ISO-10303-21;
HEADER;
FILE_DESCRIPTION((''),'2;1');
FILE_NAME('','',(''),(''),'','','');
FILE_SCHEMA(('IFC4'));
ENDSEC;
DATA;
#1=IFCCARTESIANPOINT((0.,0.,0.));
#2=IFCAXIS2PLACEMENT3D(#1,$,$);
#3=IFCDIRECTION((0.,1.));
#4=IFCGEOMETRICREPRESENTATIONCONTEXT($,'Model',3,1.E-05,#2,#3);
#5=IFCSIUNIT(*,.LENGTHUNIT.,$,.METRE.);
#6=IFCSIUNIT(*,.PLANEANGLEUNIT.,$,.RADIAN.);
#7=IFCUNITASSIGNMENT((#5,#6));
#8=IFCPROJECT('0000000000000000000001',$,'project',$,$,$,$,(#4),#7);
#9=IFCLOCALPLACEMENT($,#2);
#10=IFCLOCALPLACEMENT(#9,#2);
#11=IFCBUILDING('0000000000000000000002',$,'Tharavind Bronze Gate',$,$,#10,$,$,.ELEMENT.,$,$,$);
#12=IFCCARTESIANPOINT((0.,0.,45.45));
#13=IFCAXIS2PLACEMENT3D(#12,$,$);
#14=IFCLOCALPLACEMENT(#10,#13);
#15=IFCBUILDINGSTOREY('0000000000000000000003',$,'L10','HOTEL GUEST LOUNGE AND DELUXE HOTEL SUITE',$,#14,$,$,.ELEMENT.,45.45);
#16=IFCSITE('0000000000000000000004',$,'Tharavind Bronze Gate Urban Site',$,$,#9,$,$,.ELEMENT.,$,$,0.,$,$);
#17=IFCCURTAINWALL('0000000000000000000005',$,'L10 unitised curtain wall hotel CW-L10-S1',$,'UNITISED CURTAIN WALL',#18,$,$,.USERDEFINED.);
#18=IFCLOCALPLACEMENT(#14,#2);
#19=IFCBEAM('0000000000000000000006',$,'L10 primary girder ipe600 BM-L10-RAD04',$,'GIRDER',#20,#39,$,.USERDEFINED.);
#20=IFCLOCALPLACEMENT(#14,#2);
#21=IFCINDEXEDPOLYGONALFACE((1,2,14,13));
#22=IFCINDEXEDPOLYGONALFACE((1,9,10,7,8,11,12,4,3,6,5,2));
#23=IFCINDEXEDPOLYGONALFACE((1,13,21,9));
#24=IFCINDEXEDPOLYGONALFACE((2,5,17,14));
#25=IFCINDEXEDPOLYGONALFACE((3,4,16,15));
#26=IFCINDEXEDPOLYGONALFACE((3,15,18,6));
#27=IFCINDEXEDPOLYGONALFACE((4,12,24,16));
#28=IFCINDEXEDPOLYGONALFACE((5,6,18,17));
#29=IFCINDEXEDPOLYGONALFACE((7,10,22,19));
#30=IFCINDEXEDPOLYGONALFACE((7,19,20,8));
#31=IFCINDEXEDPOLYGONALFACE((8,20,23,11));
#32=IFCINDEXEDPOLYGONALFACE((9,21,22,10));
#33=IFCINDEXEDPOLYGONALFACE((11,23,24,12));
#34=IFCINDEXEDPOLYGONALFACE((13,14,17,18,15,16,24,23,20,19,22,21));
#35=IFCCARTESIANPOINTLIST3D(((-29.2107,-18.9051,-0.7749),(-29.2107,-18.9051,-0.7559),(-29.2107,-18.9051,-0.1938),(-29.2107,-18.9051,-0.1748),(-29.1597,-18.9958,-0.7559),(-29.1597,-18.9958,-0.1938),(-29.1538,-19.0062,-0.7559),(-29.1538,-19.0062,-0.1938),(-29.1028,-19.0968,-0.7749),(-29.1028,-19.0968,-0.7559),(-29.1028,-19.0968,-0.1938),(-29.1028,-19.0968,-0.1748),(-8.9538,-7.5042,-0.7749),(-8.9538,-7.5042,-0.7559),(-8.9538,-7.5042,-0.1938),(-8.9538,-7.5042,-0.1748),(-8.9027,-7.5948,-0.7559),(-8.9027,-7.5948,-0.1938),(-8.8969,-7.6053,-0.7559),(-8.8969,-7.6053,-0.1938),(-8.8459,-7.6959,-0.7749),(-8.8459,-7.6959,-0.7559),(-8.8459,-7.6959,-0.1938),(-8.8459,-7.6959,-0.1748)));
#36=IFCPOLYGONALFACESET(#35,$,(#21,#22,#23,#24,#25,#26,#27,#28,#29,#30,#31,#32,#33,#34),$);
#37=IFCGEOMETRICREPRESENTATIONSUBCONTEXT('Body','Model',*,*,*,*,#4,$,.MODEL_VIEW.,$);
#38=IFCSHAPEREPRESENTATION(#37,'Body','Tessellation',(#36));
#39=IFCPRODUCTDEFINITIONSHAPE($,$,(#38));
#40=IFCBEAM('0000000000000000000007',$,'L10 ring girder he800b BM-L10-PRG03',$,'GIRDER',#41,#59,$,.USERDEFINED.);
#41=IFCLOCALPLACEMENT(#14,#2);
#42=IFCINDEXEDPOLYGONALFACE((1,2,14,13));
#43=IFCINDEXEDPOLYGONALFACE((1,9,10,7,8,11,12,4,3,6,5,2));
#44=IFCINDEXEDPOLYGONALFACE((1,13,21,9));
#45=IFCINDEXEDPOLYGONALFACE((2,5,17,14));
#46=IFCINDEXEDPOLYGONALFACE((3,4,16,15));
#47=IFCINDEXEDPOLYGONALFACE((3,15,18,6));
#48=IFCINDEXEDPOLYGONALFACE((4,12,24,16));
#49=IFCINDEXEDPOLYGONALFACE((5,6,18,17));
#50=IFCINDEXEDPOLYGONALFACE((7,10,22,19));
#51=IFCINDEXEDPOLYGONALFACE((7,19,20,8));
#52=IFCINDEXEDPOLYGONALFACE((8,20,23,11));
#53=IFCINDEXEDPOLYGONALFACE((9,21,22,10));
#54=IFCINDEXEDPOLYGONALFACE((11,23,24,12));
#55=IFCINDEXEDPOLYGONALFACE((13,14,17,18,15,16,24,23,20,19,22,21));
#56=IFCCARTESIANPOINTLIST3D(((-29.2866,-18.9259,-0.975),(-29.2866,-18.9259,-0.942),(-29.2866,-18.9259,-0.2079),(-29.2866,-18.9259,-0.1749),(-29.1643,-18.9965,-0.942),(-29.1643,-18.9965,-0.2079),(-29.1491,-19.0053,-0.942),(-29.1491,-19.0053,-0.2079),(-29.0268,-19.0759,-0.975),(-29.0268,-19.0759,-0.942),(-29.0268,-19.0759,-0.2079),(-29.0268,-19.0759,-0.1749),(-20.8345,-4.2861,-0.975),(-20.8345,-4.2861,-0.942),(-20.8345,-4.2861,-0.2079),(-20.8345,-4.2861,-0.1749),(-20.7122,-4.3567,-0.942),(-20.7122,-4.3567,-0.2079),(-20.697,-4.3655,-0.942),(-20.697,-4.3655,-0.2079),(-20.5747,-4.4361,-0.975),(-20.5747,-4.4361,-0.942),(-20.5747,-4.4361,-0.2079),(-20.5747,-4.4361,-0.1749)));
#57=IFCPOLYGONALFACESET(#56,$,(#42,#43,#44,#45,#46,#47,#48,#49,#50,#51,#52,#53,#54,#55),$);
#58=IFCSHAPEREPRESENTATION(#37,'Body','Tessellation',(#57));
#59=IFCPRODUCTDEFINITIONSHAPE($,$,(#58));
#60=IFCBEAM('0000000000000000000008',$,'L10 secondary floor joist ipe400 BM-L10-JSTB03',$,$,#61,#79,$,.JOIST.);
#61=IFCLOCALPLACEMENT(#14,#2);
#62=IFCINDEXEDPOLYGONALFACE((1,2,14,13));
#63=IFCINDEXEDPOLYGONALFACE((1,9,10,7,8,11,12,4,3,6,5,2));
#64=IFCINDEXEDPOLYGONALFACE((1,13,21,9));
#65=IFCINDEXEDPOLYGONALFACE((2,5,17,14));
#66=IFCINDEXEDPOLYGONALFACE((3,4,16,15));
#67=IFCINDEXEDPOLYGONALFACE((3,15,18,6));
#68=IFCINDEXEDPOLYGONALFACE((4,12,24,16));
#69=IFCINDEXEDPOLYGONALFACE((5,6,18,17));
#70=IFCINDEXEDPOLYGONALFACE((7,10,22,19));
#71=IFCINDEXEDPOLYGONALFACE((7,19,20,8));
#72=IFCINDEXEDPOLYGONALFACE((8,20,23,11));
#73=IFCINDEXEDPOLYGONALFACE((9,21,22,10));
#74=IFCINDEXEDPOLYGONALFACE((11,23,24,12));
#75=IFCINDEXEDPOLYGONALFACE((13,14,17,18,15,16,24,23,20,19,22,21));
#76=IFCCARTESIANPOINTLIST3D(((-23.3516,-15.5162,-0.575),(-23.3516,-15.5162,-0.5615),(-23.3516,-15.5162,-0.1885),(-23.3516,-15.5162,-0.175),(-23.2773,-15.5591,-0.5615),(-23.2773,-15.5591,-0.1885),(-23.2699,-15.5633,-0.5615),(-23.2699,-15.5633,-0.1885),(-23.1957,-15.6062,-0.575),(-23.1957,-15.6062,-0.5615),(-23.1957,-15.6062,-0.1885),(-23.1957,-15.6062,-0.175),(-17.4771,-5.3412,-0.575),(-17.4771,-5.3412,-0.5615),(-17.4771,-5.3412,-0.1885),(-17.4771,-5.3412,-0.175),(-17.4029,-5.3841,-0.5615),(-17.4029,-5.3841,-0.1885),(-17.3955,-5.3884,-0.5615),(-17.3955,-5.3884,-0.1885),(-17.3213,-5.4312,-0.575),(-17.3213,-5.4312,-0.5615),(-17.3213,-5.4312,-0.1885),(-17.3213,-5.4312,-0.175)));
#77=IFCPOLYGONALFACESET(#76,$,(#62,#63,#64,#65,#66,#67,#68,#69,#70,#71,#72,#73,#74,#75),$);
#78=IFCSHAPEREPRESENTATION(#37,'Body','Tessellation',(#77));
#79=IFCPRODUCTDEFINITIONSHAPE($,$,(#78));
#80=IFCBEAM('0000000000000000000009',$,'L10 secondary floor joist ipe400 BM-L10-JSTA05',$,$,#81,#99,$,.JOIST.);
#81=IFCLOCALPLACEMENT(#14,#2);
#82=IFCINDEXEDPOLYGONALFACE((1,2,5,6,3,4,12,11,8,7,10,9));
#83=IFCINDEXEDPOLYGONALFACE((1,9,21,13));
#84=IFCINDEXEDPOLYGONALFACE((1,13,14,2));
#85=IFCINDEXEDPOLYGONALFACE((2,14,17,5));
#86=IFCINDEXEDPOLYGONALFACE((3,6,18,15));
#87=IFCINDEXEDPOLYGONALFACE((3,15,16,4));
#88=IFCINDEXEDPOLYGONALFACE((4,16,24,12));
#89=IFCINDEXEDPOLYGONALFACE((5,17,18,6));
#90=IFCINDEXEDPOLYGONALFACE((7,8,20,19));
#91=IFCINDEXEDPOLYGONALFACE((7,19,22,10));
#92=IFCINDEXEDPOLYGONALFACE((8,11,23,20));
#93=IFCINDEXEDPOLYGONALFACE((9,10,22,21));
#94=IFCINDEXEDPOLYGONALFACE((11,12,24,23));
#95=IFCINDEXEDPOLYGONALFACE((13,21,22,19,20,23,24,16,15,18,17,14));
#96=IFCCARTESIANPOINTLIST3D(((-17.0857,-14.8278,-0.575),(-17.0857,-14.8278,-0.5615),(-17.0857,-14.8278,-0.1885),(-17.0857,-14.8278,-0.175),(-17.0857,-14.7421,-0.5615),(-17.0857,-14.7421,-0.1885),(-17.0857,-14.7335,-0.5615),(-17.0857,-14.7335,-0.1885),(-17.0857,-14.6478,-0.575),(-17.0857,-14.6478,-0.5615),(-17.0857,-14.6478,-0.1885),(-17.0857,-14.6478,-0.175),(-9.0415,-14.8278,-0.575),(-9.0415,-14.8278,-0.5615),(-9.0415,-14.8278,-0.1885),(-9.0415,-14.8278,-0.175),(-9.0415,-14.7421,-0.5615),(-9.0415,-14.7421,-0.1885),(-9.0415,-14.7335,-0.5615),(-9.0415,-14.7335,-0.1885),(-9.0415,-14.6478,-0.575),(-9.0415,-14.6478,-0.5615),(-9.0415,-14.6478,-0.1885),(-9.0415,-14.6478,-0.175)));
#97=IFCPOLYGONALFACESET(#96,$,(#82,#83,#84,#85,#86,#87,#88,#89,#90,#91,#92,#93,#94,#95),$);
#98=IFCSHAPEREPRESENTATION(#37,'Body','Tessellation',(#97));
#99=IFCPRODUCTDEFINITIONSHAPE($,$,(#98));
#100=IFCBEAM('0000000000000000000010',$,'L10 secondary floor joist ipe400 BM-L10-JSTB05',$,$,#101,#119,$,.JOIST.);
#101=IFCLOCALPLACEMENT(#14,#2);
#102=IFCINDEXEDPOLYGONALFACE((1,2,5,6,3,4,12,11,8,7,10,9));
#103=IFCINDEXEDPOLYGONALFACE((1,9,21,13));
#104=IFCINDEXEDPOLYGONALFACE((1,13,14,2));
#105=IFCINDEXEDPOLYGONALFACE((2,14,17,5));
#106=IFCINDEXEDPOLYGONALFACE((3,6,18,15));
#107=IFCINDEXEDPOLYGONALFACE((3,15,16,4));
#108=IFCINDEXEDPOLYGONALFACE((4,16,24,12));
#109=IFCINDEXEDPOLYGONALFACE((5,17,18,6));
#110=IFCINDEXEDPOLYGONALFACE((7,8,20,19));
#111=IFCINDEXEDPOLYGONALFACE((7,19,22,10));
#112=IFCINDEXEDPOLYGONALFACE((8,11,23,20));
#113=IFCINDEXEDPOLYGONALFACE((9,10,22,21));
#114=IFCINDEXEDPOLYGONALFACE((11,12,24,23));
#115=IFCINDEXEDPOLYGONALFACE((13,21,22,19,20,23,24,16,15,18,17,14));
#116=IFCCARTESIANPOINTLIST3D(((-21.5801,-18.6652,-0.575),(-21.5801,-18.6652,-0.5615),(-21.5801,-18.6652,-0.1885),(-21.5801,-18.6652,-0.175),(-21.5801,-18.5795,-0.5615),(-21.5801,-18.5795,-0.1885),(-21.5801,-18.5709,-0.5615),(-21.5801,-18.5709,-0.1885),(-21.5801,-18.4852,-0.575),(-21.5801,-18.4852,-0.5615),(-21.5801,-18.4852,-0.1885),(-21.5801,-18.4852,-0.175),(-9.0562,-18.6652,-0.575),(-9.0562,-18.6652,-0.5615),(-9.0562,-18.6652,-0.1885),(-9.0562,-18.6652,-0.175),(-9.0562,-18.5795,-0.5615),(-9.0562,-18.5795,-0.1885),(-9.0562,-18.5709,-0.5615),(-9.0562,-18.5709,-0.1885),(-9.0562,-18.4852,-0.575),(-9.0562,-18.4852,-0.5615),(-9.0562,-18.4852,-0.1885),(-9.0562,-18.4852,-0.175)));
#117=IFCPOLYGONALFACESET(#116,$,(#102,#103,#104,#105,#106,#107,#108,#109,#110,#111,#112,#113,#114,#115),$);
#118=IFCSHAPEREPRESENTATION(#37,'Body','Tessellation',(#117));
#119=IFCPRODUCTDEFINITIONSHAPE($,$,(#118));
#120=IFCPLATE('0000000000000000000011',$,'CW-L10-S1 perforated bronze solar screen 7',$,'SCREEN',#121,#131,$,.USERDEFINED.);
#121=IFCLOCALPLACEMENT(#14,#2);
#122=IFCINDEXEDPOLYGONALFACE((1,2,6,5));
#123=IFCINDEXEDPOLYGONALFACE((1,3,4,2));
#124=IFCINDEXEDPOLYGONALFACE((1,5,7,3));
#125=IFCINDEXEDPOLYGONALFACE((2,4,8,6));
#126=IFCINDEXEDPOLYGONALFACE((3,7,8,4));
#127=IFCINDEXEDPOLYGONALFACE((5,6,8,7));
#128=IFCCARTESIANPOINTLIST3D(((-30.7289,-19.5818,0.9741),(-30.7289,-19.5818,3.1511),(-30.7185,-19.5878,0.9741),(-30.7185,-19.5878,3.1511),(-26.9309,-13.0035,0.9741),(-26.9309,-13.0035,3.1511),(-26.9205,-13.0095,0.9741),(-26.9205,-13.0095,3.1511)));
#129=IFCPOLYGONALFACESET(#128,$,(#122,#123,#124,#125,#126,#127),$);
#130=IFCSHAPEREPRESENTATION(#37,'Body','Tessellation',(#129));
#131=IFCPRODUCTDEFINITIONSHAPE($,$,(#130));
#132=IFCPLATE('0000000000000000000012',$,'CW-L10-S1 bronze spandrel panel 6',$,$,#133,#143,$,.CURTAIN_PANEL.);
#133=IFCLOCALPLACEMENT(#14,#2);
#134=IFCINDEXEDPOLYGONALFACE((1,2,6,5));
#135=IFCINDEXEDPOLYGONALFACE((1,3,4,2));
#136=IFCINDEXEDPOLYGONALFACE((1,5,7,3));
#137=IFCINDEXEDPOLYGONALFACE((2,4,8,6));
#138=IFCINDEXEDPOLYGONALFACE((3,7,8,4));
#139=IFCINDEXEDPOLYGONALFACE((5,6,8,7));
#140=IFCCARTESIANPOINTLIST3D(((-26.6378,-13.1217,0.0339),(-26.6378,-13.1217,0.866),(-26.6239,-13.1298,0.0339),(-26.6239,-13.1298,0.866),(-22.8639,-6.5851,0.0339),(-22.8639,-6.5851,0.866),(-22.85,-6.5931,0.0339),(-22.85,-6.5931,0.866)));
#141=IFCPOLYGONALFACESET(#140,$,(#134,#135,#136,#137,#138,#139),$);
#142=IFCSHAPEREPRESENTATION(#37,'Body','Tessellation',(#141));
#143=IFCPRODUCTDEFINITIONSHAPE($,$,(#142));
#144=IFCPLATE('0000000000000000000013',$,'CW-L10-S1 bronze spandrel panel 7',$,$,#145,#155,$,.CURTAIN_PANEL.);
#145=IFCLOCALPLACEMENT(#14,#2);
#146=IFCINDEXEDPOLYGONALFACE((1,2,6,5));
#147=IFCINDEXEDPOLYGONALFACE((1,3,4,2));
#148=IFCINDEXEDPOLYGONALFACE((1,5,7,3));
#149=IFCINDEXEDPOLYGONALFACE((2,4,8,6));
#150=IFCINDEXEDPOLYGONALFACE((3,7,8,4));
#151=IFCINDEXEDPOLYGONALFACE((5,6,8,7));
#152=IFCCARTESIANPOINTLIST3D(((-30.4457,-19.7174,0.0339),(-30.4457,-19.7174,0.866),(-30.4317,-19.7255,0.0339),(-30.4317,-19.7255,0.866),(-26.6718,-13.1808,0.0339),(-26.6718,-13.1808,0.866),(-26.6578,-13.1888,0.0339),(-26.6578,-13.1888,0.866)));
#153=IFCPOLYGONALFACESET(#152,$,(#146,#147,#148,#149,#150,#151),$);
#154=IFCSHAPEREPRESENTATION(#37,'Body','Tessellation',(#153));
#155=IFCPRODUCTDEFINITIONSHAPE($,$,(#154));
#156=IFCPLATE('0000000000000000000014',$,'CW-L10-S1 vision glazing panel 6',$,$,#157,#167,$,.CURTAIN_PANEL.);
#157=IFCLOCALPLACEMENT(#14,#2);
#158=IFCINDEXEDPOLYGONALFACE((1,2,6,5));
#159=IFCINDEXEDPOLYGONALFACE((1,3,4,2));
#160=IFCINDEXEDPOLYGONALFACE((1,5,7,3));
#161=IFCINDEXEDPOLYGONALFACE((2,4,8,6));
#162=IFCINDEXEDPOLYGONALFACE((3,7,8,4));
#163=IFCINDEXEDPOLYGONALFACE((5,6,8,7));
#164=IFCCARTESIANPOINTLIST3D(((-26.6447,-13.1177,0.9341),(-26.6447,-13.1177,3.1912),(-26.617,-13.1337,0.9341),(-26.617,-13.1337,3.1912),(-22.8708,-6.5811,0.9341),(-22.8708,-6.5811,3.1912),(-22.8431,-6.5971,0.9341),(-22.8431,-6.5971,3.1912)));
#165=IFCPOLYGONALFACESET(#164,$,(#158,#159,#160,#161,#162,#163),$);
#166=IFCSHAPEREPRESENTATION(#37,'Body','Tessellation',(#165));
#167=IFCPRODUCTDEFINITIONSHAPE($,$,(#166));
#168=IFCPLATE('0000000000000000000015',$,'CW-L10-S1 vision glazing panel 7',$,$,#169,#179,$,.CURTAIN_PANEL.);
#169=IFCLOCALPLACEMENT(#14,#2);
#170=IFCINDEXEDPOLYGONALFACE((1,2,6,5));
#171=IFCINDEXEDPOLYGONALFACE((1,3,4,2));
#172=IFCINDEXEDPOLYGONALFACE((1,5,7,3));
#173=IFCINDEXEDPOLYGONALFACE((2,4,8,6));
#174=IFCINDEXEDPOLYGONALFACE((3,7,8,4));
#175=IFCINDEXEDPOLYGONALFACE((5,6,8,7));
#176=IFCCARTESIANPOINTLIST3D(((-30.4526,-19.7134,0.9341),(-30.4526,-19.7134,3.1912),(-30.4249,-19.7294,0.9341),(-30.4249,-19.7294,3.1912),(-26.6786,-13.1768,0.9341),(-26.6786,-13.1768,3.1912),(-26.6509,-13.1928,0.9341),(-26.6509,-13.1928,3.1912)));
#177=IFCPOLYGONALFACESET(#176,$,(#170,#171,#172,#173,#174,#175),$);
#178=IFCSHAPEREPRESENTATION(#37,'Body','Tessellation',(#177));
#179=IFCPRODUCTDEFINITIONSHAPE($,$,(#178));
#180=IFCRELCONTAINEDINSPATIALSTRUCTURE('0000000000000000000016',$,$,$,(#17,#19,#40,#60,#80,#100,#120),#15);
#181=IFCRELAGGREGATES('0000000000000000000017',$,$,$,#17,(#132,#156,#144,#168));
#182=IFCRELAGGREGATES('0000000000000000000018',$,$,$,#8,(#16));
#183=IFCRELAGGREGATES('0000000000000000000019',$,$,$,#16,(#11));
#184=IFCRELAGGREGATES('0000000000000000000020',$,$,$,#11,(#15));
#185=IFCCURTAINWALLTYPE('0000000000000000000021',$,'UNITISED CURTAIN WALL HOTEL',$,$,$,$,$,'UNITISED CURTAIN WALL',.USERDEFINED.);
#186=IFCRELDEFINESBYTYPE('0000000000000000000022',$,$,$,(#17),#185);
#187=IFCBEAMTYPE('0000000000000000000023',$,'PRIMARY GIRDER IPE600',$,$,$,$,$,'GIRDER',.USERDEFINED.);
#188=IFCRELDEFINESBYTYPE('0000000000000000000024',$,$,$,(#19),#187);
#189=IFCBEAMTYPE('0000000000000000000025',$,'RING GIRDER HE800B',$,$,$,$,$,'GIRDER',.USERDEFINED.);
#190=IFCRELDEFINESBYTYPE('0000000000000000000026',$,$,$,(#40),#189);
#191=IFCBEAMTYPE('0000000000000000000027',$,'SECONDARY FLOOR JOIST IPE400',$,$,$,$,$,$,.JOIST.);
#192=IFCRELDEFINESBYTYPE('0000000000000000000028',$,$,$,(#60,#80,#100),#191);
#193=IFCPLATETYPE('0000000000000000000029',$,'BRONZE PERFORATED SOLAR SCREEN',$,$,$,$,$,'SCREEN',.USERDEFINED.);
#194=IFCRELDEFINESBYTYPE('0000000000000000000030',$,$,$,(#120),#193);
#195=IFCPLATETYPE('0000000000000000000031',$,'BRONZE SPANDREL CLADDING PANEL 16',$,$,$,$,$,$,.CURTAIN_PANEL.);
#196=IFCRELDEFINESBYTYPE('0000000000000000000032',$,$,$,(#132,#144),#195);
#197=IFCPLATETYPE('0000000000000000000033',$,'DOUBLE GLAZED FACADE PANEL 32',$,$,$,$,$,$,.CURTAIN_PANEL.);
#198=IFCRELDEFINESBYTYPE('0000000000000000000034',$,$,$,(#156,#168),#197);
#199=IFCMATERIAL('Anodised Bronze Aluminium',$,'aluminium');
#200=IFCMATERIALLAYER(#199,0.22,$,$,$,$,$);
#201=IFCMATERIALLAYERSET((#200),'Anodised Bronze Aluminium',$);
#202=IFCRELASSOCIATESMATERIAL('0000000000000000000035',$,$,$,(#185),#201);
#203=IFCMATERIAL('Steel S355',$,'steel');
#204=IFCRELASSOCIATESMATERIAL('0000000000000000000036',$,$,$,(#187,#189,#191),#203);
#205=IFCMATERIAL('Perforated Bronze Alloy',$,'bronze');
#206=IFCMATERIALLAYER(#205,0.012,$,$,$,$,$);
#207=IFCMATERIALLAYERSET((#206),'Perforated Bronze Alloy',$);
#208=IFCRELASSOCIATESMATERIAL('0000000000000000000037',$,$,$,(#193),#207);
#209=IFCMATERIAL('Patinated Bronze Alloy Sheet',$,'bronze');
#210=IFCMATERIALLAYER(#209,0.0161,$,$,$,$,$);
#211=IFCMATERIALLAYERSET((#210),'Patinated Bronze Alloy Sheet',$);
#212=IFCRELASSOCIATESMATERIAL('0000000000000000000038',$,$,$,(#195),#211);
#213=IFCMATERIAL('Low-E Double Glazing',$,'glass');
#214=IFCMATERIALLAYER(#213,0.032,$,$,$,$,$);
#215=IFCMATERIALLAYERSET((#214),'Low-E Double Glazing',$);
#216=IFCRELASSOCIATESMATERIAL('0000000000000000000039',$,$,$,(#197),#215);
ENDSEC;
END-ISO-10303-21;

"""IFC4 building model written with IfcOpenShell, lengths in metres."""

from ifc_helpers import new_model, si_unit, direction, frame, origin, origin_2d, place, context, subcontext, project, spatial, rectangle, i_section, extrude, material, layer, layer_set, material_profile, profile_set, type_object, element, aggregate, save


model = new_model("IFC4")

# Units and contexts
model_context = context("Model", 3, precision=1e-05, world=origin(), true_north=direction((0.0, 1.0)))
body_context = subcontext(model_context, "Body", "Model", "MODEL_VIEW")
ifc_project = project(units=[si_unit("LENGTHUNIT", "METRE"), si_unit("PLANEANGLEUNIT", "RADIAN")], contexts=[model_context])

# Site, building, storey
site_placement = place(None, origin())
site = spatial("IfcSite", under=ifc_project, at=site_placement, Name="Tharavind Bronze Gate Urban Site", CompositionType="ELEMENT", RefElevation=0.0)
building_placement = place(site_placement, origin())
building = spatial("IfcBuilding", under=site, at=building_placement, Name="Tharavind Bronze Gate", CompositionType="ELEMENT")
storey_placement = place(building_placement, frame((0.0, 0.0, 45.45)))
storey = spatial("IfcBuildingStorey", under=building, at=storey_placement, Name="L10", Description="HOTEL GUEST LOUNGE AND DELUXE HOTEL SUITE", CompositionType="ELEMENT", Elevation=45.45)

# Curtain wall
ifc_material_1 = material(Name="Anodised Bronze Aluminium", Category="aluminium")
ifc_layer_1 = layer(ifc_material_1, 0.22)
ifc_layer_set_1 = layer_set([ifc_layer_1], Name="Anodised Bronze Aluminium")
curtain_wall_type = type_object("IfcCurtainWallType", Name="UNITISED CURTAIN WALL HOTEL", ElementType="UNITISED CURTAIN WALL", PredefinedType="USERDEFINED", material=ifc_layer_set_1)
curtain_wall_placement = place(storey_placement, origin())
curtain_wall = element("IfcCurtainWall", 1, at=curtain_wall_placement, inside=storey, type_object=curtain_wall_type, Name="L10 unitised curtain wall hotel CW-L10-S1", ObjectType="UNITISED CURTAIN WALL", PredefinedType="USERDEFINED")

# Beams
ifc_material_2 = material(Name="Steel S355", Category="steel")
ifc_material_profile_1 = material_profile(ifc_material_2, i_section(OverallWidth=0.22, OverallDepth=0.6001, WebThickness=0.012, FlangeThickness=0.019, at=origin_2d()), Name="IPE600")
ifc_profile_set_1 = profile_set([ifc_material_profile_1], Name="Steel S355")
beam_type_1 = type_object("IfcBeamType", Name="PRIMARY GIRDER IPE600", ElementType="GIRDER", PredefinedType="USERDEFINED", material=ifc_profile_set_1)
beam_1_placement = place(storey_placement, frame((-29.1567, -19.001, -0.4749), z_axis=(0.871458, 0.490471, 0.0), x_axis=(-0.490471, 0.871458, 0.0)))
element("IfcBeam", 2, at=beam_1_placement, inside=storey, type_object=beam_type_1, Name="L10 primary girder ipe600 BM-L10-RAD04", ObjectType="GIRDER", PredefinedType="USERDEFINED", context=body_context, shape_type="SweptSolid", body=[
    extrude(i_section(OverallWidth=0.22, OverallDepth=0.6001, WebThickness=0.012, FlangeThickness=0.019, at=origin_2d()), origin(), (0.0, 0.0, 1.0), 23.2449),
])
ifc_material_profile_2 = material_profile(ifc_material_2, i_section(OverallWidth=0.3, OverallDepth=0.8, WebThickness=0.0176, FlangeThickness=0.033, at=origin_2d()), Name="HE800B")
ifc_profile_set_2 = profile_set([ifc_material_profile_2], Name="Steel S355")
beam_type_2 = type_object("IfcBeamType", Name="RING GIRDER HE800B", ElementType="GIRDER", PredefinedType="USERDEFINED", material=ifc_profile_set_2)
beam_2_placement = place(storey_placement, frame((-20.7046, -4.3611, -0.575), z_axis=(-0.499991, -0.86603, 0.0), x_axis=(0.86603, -0.499991, 0.0)))
element("IfcBeam", 3, at=beam_2_placement, inside=storey, type_object=beam_type_2, Name="L10 ring girder he800b BM-L10-PRG03", ObjectType="GIRDER", PredefinedType="USERDEFINED", context=body_context, shape_type="SweptSolid", body=[
    extrude(i_section(OverallWidth=0.3, OverallDepth=0.8, WebThickness=0.0176, FlangeThickness=0.033, at=origin_2d()), origin(), (0.0, 0.0, 1.0), 16.9045),
])
ifc_material_profile_3 = material_profile(ifc_material_2, i_section(OverallWidth=0.1799, OverallDepth=0.3999, WebThickness=0.0085, FlangeThickness=0.0134, at=origin_2d()), Name="IPE400")
ifc_profile_set_3 = profile_set([ifc_material_profile_3], Name="Steel S355")
beam_type_3 = type_object("IfcBeamType", Name="SECONDARY FLOOR JOIST IPE400", PredefinedType="JOIST", material=ifc_profile_set_3)
beam_3_placement = place(storey_placement, frame((-17.3992, -5.3862, -0.375), z_axis=(-0.499996, -0.866027, 0.0), x_axis=(0.866027, -0.499996, 0.0)))
element("IfcBeam", 4, at=beam_3_placement, inside=storey, type_object=beam_type_3, Name="L10 secondary floor joist ipe400 BM-L10-JSTB03", PredefinedType="JOIST", context=body_context, shape_type="SweptSolid", body=[
    extrude(i_section(OverallWidth=0.1799, OverallDepth=0.3999, WebThickness=0.0085, FlangeThickness=0.0134, at=origin_2d()), origin(), (0.0, 0.0, 1.0), 11.749),
])
beam_4_placement = place(storey_placement, frame((-17.0857, -14.7378, -0.375), z_axis=(1.0, 0.0, 0.0), x_axis=(0.0, 1.0, 0.0)))
element("IfcBeam", 5, at=beam_4_placement, inside=storey, type_object=beam_type_3, Name="L10 secondary floor joist ipe400 BM-L10-JSTA05", PredefinedType="JOIST", context=body_context, shape_type="SweptSolid", body=[
    extrude(i_section(OverallWidth=0.1799, OverallDepth=0.3999, WebThickness=0.0085, FlangeThickness=0.0134, at=origin_2d()), origin(), (0.0, 0.0, 1.0), 8.0442),
])
beam_5_placement = place(storey_placement, frame((-21.5801, -18.5752, -0.375), z_axis=(1.0, 0.0, 0.0), x_axis=(0.0, 1.0, 0.0)))
element("IfcBeam", 6, at=beam_5_placement, inside=storey, type_object=beam_type_3, Name="L10 secondary floor joist ipe400 BM-L10-JSTB05", PredefinedType="JOIST", context=body_context, shape_type="SweptSolid", body=[
    extrude(i_section(OverallWidth=0.1799, OverallDepth=0.3999, WebThickness=0.0085, FlangeThickness=0.0134, at=origin_2d()), origin(), (0.0, 0.0, 1.0), 12.5239),
])

# Plates
ifc_material_3 = material(Name="Perforated Bronze Alloy", Category="bronze")
ifc_layer_2 = layer(ifc_material_3, 0.012)
ifc_layer_set_2 = layer_set([ifc_layer_2], Name="Perforated Bronze Alloy")
plate_type_1 = type_object("IfcPlateType", Name="BRONZE PERFORATED SOLAR SCREEN", ElementType="SCREEN", PredefinedType="USERDEFINED", material=ifc_layer_set_2)
plate_1_placement = place(storey_placement, frame((-28.8247, -16.2957, 0.9741), z_axis=(0.0, 0.0, 1.0), x_axis=(-0.500002, -0.866025, 0.0)))
element("IfcPlate", 7, at=plate_1_placement, inside=storey, type_object=plate_type_1, Name="CW-L10-S1 perforated bronze solar screen 7", ObjectType="SCREEN", PredefinedType="USERDEFINED", context=body_context, shape_type="SweptSolid", body=[
    extrude(rectangle(XDim=7.5959, YDim=0.012, at=origin_2d()), origin(), (0.0, 0.0, 1.0), 2.177),
])
ifc_material_4 = material(Name="Patinated Bronze Alloy Sheet", Category="bronze")
ifc_layer_3 = layer(ifc_material_4, 0.0161)
ifc_layer_set_3 = layer_set([ifc_layer_3], Name="Patinated Bronze Alloy Sheet")
plate_type_2 = type_object("IfcPlateType", Name="BRONZE SPANDREL CLADDING PANEL 16", PredefinedType="CURTAIN_PANEL", material=ifc_layer_set_3)
plate_2_placement = place(storey_placement, frame((-24.7439, -9.8574, 0.0339), z_axis=(0.0, 0.0, 1.0), x_axis=(-0.500002, -0.866025, 0.0)))
plate_2 = element("IfcPlate", 8, at=plate_2_placement, type_object=plate_type_2, Name="CW-L10-S1 bronze spandrel panel 6", PredefinedType="CURTAIN_PANEL", context=body_context, shape_type="SweptSolid", body=[
    extrude(rectangle(XDim=7.5479, YDim=0.0161, at=origin_2d()), origin(), (0.0, 0.0, 1.0), 0.832),
])
plate_3_placement = place(storey_placement, frame((-28.5518, -16.4531, 0.0339), z_axis=(0.0, 0.0, 1.0), x_axis=(-0.500002, -0.866025, 0.0)))
plate_3 = element("IfcPlate", 9, at=plate_3_placement, type_object=plate_type_2, Name="CW-L10-S1 bronze spandrel panel 7", PredefinedType="CURTAIN_PANEL", context=body_context, shape_type="SweptSolid", body=[
    extrude(rectangle(XDim=7.5479, YDim=0.0161, at=origin_2d()), origin(), (0.0, 0.0, 1.0), 0.832),
])
ifc_material_5 = material(Name="Low-E Double Glazing", Category="glass")
ifc_layer_4 = layer(ifc_material_5, 0.032)
ifc_layer_set_4 = layer_set([ifc_layer_4], Name="Low-E Double Glazing")
plate_type_3 = type_object("IfcPlateType", Name="DOUBLE GLAZED FACADE PANEL 32", PredefinedType="CURTAIN_PANEL", material=ifc_layer_set_4)
plate_4_placement = place(storey_placement, frame((-24.7439, -9.8574, 0.9341), z_axis=(0.0, 0.0, 1.0), x_axis=(-0.500002, -0.866025, 0.0)))
plate_4 = element("IfcPlate", 10, at=plate_4_placement, type_object=plate_type_3, Name="CW-L10-S1 vision glazing panel 6", PredefinedType="CURTAIN_PANEL", context=body_context, shape_type="SweptSolid", body=[
    extrude(rectangle(XDim=7.5479, YDim=0.032, at=origin_2d()), origin(), (0.0, 0.0, 1.0), 2.2571),
])
plate_5_placement = place(storey_placement, frame((-28.5518, -16.4531, 0.9341), z_axis=(0.0, 0.0, 1.0), x_axis=(-0.500002, -0.866025, 0.0)))
plate_5 = element("IfcPlate", 11, at=plate_5_placement, type_object=plate_type_3, Name="CW-L10-S1 vision glazing panel 7", PredefinedType="CURTAIN_PANEL", context=body_context, shape_type="SweptSolid", body=[
    extrude(rectangle(XDim=7.5479, YDim=0.032, at=origin_2d()), origin(), (0.0, 0.0, 1.0), 2.2571),
])
aggregate(curtain_wall, [plate_2, plate_4, plate_3, plate_5])

save(model, "model.ifc")
